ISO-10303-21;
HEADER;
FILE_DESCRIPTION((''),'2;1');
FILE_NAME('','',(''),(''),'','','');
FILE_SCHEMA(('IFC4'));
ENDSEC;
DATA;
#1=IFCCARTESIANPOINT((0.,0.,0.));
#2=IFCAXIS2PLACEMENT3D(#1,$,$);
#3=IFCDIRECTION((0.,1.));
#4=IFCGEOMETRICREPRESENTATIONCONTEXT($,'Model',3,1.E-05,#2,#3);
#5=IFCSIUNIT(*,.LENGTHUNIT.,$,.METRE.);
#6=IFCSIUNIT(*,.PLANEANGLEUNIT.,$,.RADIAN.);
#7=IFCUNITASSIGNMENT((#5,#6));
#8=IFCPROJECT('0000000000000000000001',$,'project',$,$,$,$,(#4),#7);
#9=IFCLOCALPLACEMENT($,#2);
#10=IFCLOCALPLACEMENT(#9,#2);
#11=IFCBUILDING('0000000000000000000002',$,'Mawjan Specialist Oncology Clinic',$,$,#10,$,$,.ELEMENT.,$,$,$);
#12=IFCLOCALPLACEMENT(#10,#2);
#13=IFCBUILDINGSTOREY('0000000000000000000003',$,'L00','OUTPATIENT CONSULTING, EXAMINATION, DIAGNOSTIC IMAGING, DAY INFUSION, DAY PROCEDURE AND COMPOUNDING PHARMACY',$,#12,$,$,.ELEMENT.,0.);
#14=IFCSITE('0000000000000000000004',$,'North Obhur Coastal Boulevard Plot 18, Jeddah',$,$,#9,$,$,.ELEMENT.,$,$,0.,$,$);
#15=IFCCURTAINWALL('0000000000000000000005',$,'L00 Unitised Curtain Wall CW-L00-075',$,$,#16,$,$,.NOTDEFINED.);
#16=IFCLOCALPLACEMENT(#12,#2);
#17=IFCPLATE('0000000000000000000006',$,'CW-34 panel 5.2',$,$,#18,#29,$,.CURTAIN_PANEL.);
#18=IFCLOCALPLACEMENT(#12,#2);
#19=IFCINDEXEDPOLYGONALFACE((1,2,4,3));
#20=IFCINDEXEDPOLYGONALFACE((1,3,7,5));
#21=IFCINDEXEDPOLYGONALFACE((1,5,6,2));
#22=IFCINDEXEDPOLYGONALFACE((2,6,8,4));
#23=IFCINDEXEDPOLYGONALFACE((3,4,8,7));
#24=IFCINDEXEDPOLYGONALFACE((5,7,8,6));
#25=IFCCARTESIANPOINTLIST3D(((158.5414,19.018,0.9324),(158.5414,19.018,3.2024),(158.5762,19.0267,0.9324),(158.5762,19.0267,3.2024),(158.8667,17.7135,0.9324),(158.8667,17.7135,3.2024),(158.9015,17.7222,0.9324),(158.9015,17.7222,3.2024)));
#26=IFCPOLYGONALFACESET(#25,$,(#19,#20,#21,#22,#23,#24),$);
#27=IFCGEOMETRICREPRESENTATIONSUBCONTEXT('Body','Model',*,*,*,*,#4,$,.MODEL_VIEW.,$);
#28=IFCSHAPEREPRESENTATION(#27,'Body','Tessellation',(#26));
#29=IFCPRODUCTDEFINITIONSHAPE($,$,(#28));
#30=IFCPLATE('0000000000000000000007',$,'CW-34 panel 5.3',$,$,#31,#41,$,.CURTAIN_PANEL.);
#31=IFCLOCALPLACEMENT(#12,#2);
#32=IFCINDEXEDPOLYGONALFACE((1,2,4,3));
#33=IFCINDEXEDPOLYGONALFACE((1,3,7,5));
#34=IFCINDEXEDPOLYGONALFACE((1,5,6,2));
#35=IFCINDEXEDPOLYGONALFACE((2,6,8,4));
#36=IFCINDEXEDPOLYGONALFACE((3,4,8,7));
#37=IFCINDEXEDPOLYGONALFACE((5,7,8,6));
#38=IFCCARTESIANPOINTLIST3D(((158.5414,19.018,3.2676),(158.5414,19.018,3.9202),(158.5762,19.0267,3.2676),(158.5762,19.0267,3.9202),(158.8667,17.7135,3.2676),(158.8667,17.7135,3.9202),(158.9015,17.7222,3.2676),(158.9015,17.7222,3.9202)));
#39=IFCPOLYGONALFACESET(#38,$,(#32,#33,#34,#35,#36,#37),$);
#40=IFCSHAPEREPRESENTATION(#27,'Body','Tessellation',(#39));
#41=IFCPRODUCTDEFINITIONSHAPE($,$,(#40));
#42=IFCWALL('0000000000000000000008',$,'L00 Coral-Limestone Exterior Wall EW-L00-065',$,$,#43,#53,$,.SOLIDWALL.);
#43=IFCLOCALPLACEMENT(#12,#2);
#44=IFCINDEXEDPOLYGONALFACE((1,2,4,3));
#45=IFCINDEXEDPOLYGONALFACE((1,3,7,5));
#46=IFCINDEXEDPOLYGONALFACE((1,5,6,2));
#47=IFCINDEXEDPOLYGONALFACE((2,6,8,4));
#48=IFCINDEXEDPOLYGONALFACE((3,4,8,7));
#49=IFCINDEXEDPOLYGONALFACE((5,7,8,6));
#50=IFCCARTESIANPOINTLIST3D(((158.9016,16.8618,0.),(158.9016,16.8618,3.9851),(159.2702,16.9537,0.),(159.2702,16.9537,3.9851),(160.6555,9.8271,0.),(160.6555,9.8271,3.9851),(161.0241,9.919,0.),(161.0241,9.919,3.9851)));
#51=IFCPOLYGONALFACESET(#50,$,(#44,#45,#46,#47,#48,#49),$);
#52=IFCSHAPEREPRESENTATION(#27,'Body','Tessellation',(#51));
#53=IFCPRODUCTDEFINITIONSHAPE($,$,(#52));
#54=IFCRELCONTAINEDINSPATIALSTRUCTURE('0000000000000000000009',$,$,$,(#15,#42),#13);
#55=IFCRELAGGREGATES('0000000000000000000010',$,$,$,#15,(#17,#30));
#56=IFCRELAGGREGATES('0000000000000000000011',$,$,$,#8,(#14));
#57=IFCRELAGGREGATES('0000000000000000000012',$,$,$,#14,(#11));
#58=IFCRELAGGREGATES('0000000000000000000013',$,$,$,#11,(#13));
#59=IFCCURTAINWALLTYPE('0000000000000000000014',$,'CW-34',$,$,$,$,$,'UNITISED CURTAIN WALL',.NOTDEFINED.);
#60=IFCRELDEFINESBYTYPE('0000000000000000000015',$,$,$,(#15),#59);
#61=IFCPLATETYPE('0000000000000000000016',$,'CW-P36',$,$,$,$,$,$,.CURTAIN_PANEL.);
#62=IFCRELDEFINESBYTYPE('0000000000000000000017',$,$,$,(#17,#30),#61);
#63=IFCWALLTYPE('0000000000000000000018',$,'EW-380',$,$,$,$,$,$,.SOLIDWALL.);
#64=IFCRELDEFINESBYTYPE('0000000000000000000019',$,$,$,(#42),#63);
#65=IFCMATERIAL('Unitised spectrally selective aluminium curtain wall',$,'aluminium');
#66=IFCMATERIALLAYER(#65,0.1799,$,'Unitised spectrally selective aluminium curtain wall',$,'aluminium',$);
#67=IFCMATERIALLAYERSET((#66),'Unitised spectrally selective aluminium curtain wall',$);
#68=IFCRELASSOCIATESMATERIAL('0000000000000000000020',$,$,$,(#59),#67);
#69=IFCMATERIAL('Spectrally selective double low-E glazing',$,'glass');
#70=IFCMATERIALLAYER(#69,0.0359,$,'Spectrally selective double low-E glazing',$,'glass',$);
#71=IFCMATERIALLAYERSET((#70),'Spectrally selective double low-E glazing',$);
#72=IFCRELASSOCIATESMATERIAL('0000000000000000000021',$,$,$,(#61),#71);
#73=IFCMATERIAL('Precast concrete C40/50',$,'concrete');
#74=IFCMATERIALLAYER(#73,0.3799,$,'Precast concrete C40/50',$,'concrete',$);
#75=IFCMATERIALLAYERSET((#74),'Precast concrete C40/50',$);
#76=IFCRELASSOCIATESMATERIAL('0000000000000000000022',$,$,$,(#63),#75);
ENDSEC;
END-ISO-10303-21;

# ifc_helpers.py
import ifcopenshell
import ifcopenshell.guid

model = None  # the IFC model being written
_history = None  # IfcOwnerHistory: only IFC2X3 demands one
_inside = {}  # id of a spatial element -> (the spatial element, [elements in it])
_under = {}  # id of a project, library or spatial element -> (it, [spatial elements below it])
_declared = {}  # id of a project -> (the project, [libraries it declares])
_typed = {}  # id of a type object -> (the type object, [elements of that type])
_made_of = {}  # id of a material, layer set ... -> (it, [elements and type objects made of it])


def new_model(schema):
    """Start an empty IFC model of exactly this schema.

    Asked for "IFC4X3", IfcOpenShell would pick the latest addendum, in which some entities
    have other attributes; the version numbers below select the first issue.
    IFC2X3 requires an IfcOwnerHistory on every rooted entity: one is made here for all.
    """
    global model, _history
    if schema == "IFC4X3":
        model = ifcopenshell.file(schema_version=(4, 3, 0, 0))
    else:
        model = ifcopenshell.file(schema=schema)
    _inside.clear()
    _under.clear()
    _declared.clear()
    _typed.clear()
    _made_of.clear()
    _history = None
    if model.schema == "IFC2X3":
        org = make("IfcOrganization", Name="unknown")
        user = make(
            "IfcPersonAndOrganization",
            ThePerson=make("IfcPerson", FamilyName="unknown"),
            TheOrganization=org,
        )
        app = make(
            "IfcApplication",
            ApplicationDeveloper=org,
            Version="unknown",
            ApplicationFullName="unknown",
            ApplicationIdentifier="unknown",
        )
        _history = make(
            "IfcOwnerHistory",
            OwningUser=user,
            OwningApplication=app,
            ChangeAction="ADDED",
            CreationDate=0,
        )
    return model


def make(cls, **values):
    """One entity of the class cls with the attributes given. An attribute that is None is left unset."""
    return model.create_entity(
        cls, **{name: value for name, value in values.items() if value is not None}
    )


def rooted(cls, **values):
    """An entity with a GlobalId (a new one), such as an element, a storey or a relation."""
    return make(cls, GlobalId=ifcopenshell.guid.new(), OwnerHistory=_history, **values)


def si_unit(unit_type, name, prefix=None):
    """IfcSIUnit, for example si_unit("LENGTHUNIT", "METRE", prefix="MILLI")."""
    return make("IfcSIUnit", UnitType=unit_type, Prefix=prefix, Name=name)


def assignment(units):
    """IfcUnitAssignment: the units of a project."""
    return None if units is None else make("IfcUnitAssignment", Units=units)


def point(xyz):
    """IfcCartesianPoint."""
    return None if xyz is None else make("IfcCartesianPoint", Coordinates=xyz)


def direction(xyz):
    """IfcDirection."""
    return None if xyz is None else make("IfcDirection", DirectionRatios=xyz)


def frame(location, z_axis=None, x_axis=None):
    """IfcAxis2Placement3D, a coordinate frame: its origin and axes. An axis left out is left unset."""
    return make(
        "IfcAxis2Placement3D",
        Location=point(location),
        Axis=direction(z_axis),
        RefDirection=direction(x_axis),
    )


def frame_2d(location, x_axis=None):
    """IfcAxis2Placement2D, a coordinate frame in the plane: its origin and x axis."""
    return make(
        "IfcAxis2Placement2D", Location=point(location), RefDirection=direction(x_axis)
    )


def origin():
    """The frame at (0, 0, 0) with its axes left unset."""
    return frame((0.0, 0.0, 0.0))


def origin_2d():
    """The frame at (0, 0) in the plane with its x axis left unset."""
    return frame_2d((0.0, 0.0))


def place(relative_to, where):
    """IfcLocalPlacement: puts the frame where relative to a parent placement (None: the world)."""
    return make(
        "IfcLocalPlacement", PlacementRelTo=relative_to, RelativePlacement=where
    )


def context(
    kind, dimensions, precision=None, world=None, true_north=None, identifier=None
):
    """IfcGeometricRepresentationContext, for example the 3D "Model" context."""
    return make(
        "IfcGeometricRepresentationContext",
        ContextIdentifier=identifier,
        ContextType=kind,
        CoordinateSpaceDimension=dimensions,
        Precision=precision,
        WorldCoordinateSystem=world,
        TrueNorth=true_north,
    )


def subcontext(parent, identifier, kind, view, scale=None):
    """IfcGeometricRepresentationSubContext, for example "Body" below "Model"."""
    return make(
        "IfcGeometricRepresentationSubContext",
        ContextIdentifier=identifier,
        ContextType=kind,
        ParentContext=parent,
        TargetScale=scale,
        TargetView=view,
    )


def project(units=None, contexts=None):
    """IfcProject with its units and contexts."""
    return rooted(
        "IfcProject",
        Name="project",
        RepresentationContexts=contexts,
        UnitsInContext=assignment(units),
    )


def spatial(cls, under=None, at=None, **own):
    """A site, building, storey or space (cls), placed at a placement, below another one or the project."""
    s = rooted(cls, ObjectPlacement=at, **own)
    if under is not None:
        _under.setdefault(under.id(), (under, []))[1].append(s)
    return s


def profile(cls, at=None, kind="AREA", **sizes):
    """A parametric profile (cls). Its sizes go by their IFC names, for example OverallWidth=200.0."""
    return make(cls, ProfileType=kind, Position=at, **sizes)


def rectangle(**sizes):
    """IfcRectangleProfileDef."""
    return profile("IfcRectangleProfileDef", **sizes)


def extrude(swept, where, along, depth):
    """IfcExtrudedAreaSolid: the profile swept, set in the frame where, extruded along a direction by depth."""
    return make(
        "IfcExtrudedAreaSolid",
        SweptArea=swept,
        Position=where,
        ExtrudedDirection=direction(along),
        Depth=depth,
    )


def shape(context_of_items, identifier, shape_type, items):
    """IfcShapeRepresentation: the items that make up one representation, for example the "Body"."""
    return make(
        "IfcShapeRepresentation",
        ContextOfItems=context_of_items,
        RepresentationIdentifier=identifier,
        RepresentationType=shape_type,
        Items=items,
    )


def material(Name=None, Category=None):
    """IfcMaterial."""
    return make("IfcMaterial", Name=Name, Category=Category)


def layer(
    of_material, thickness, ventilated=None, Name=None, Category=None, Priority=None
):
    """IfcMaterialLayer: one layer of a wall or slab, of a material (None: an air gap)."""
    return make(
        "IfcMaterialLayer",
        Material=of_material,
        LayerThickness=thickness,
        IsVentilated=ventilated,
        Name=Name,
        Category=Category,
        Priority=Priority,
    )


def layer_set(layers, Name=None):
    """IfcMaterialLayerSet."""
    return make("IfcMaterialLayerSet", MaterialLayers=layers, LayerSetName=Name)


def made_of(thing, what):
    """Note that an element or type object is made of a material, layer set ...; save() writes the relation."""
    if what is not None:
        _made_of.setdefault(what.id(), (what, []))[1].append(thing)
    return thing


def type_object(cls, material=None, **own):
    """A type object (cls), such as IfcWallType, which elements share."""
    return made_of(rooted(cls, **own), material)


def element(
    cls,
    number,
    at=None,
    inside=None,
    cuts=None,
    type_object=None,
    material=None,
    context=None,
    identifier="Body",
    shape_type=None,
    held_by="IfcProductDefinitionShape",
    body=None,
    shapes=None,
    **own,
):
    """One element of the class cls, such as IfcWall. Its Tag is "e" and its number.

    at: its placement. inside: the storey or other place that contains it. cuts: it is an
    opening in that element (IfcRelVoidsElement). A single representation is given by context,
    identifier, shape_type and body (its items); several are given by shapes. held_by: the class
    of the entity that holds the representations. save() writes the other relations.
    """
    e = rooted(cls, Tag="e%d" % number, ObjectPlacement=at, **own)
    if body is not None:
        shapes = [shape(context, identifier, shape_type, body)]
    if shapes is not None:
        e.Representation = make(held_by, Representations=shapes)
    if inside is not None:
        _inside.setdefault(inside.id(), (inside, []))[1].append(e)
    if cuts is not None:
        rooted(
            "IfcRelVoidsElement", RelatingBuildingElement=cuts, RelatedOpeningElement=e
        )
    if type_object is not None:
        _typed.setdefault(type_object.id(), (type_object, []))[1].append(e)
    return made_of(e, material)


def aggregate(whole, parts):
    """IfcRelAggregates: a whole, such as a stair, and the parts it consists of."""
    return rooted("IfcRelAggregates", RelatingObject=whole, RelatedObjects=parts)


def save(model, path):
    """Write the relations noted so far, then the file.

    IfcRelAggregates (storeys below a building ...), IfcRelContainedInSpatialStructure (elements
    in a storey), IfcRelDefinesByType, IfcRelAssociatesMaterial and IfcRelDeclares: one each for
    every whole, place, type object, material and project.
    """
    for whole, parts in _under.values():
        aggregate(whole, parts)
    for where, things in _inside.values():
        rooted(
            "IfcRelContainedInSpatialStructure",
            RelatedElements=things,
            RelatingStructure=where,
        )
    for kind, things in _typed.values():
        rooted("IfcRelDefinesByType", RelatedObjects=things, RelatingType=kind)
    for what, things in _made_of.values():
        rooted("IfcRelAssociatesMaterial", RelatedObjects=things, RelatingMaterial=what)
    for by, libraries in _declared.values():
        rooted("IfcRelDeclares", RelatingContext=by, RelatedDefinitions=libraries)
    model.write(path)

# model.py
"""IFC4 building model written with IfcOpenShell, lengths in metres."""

from ifc_helpers import new_model, si_unit, direction, frame, frame_2d, origin, origin_2d, place, context, subcontext, project, spatial, rectangle, extrude, material, layer, layer_set, type_object, element, aggregate, save


model = new_model("IFC4")

# Units and contexts
model_context = context("Model", 3, precision=1e-05, world=origin(), true_north=direction((0.0, 1.0)))
body_context = subcontext(model_context, "Body", "Model", "MODEL_VIEW")
ifc_project = project(units=[si_unit("LENGTHUNIT", "METRE"), si_unit("PLANEANGLEUNIT", "RADIAN")], contexts=[model_context])

# Site, building, storey
site_placement = place(None, origin())
site = spatial("IfcSite", under=ifc_project, at=site_placement, Name="North Obhur Coastal Boulevard Plot 18, Jeddah", CompositionType="ELEMENT", RefElevation=0.0)
building_placement = place(site_placement, origin())
building = spatial("IfcBuilding", under=site, at=building_placement, Name="Mawjan Specialist Oncology Clinic", CompositionType="ELEMENT")
storey_placement = place(building_placement, origin())
storey = spatial("IfcBuildingStorey", under=building, at=storey_placement, Name="L00", Description="OUTPATIENT CONSULTING, EXAMINATION, DIAGNOSTIC IMAGING, DAY INFUSION, DAY PROCEDURE AND COMPOUNDING PHARMACY", CompositionType="ELEMENT", Elevation=0.0)

# Curtain wall
ifc_material_1 = material(Name="Unitised spectrally selective aluminium curtain wall", Category="aluminium")
ifc_layer_1 = layer(ifc_material_1, 0.1799, Name="Unitised spectrally selective aluminium curtain wall", Category="aluminium")
ifc_layer_set_1 = layer_set([ifc_layer_1], Name="Unitised spectrally selective aluminium curtain wall")
curtain_wall_type_1 = type_object("IfcCurtainWallType", Name="CW-34", ElementType="UNITISED CURTAIN WALL", PredefinedType="NOTDEFINED", material=ifc_layer_set_1)
curtain_wall_1_placement = place(storey_placement, origin())
curtain_wall_1 = element("IfcCurtainWall", 1, at=curtain_wall_1_placement, inside=storey, type_object=curtain_wall_type_1, Name="L00 Unitised Curtain Wall CW-L00-075", PredefinedType="NOTDEFINED")

# Plates
ifc_material_2 = material(Name="Spectrally selective double low-E glazing", Category="glass")
ifc_layer_2 = layer(ifc_material_2, 0.0359, Name="Spectrally selective double low-E glazing", Category="glass")
ifc_layer_set_2 = layer_set([ifc_layer_2], Name="Spectrally selective double low-E glazing")
plate_type = type_object("IfcPlateType", Name="CW-P36", PredefinedType="CURTAIN_PANEL", material=ifc_layer_set_2)
plate_1_placement = place(storey_placement, frame((158.7214, 18.3701, 0.9324), z_axis=(0.0, 0.0, 1.0), x_axis=(0.241922, -0.970296, 0.0)))
plate_1 = element("IfcPlate", 2, at=plate_1_placement, type_object=plate_type, Name="CW-34 panel 5.2", PredefinedType="CURTAIN_PANEL", context=body_context, shape_type="SweptSolid", body=[
    extrude(rectangle(XDim=1.3445, YDim=0.0359, at=origin_2d()), origin(), (0.0, 0.0, 1.0), 2.27),
])
plate_2_placement = place(storey_placement, frame((158.7214, 18.3701, 3.2676), z_axis=(0.0, 0.0, 1.0), x_axis=(0.241922, -0.970296, 0.0)))
plate_2 = element("IfcPlate", 3, at=plate_2_placement, type_object=plate_type, Name="CW-34 panel 5.3", PredefinedType="CURTAIN_PANEL", context=body_context, shape_type="SweptSolid", body=[
    extrude(rectangle(XDim=1.3445, YDim=0.0359, at=origin_2d()), origin(), (0.0, 0.0, 1.0), 0.6526),
])
aggregate(curtain_wall_1, [plate_1, plate_2])

# Wall
ifc_material_3 = material(Name="Precast concrete C40/50", Category="concrete")
ifc_layer_3 = layer(ifc_material_3, 0.3799, Name="Precast concrete C40/50", Category="concrete")
ifc_layer_set_3 = layer_set([ifc_layer_3], Name="Precast concrete C40/50")
wall_type = type_object("IfcWallType", Name="EW-380", PredefinedType="SOLIDWALL", material=ifc_layer_set_3)
wall_placement = place(storey_placement, frame((159.0859, 16.9077, 0.0), z_axis=(0.0, 0.0, 1.0), x_axis=(0.241918, -0.970297, 0.0)))
element("IfcWall", 4, at=wall_placement, inside=storey, type_object=wall_type, Name="L00 Coral-Limestone Exterior Wall EW-L00-065", PredefinedType="SOLIDWALL", context=body_context, shape_type="SweptSolid", body=[
    extrude(rectangle(XDim=7.25, YDim=0.3799, at=frame_2d((3.625, 0.0))), origin(), (0.0, 0.0, 1.0), 3.9851),
])

save(model, "model.ifc")
